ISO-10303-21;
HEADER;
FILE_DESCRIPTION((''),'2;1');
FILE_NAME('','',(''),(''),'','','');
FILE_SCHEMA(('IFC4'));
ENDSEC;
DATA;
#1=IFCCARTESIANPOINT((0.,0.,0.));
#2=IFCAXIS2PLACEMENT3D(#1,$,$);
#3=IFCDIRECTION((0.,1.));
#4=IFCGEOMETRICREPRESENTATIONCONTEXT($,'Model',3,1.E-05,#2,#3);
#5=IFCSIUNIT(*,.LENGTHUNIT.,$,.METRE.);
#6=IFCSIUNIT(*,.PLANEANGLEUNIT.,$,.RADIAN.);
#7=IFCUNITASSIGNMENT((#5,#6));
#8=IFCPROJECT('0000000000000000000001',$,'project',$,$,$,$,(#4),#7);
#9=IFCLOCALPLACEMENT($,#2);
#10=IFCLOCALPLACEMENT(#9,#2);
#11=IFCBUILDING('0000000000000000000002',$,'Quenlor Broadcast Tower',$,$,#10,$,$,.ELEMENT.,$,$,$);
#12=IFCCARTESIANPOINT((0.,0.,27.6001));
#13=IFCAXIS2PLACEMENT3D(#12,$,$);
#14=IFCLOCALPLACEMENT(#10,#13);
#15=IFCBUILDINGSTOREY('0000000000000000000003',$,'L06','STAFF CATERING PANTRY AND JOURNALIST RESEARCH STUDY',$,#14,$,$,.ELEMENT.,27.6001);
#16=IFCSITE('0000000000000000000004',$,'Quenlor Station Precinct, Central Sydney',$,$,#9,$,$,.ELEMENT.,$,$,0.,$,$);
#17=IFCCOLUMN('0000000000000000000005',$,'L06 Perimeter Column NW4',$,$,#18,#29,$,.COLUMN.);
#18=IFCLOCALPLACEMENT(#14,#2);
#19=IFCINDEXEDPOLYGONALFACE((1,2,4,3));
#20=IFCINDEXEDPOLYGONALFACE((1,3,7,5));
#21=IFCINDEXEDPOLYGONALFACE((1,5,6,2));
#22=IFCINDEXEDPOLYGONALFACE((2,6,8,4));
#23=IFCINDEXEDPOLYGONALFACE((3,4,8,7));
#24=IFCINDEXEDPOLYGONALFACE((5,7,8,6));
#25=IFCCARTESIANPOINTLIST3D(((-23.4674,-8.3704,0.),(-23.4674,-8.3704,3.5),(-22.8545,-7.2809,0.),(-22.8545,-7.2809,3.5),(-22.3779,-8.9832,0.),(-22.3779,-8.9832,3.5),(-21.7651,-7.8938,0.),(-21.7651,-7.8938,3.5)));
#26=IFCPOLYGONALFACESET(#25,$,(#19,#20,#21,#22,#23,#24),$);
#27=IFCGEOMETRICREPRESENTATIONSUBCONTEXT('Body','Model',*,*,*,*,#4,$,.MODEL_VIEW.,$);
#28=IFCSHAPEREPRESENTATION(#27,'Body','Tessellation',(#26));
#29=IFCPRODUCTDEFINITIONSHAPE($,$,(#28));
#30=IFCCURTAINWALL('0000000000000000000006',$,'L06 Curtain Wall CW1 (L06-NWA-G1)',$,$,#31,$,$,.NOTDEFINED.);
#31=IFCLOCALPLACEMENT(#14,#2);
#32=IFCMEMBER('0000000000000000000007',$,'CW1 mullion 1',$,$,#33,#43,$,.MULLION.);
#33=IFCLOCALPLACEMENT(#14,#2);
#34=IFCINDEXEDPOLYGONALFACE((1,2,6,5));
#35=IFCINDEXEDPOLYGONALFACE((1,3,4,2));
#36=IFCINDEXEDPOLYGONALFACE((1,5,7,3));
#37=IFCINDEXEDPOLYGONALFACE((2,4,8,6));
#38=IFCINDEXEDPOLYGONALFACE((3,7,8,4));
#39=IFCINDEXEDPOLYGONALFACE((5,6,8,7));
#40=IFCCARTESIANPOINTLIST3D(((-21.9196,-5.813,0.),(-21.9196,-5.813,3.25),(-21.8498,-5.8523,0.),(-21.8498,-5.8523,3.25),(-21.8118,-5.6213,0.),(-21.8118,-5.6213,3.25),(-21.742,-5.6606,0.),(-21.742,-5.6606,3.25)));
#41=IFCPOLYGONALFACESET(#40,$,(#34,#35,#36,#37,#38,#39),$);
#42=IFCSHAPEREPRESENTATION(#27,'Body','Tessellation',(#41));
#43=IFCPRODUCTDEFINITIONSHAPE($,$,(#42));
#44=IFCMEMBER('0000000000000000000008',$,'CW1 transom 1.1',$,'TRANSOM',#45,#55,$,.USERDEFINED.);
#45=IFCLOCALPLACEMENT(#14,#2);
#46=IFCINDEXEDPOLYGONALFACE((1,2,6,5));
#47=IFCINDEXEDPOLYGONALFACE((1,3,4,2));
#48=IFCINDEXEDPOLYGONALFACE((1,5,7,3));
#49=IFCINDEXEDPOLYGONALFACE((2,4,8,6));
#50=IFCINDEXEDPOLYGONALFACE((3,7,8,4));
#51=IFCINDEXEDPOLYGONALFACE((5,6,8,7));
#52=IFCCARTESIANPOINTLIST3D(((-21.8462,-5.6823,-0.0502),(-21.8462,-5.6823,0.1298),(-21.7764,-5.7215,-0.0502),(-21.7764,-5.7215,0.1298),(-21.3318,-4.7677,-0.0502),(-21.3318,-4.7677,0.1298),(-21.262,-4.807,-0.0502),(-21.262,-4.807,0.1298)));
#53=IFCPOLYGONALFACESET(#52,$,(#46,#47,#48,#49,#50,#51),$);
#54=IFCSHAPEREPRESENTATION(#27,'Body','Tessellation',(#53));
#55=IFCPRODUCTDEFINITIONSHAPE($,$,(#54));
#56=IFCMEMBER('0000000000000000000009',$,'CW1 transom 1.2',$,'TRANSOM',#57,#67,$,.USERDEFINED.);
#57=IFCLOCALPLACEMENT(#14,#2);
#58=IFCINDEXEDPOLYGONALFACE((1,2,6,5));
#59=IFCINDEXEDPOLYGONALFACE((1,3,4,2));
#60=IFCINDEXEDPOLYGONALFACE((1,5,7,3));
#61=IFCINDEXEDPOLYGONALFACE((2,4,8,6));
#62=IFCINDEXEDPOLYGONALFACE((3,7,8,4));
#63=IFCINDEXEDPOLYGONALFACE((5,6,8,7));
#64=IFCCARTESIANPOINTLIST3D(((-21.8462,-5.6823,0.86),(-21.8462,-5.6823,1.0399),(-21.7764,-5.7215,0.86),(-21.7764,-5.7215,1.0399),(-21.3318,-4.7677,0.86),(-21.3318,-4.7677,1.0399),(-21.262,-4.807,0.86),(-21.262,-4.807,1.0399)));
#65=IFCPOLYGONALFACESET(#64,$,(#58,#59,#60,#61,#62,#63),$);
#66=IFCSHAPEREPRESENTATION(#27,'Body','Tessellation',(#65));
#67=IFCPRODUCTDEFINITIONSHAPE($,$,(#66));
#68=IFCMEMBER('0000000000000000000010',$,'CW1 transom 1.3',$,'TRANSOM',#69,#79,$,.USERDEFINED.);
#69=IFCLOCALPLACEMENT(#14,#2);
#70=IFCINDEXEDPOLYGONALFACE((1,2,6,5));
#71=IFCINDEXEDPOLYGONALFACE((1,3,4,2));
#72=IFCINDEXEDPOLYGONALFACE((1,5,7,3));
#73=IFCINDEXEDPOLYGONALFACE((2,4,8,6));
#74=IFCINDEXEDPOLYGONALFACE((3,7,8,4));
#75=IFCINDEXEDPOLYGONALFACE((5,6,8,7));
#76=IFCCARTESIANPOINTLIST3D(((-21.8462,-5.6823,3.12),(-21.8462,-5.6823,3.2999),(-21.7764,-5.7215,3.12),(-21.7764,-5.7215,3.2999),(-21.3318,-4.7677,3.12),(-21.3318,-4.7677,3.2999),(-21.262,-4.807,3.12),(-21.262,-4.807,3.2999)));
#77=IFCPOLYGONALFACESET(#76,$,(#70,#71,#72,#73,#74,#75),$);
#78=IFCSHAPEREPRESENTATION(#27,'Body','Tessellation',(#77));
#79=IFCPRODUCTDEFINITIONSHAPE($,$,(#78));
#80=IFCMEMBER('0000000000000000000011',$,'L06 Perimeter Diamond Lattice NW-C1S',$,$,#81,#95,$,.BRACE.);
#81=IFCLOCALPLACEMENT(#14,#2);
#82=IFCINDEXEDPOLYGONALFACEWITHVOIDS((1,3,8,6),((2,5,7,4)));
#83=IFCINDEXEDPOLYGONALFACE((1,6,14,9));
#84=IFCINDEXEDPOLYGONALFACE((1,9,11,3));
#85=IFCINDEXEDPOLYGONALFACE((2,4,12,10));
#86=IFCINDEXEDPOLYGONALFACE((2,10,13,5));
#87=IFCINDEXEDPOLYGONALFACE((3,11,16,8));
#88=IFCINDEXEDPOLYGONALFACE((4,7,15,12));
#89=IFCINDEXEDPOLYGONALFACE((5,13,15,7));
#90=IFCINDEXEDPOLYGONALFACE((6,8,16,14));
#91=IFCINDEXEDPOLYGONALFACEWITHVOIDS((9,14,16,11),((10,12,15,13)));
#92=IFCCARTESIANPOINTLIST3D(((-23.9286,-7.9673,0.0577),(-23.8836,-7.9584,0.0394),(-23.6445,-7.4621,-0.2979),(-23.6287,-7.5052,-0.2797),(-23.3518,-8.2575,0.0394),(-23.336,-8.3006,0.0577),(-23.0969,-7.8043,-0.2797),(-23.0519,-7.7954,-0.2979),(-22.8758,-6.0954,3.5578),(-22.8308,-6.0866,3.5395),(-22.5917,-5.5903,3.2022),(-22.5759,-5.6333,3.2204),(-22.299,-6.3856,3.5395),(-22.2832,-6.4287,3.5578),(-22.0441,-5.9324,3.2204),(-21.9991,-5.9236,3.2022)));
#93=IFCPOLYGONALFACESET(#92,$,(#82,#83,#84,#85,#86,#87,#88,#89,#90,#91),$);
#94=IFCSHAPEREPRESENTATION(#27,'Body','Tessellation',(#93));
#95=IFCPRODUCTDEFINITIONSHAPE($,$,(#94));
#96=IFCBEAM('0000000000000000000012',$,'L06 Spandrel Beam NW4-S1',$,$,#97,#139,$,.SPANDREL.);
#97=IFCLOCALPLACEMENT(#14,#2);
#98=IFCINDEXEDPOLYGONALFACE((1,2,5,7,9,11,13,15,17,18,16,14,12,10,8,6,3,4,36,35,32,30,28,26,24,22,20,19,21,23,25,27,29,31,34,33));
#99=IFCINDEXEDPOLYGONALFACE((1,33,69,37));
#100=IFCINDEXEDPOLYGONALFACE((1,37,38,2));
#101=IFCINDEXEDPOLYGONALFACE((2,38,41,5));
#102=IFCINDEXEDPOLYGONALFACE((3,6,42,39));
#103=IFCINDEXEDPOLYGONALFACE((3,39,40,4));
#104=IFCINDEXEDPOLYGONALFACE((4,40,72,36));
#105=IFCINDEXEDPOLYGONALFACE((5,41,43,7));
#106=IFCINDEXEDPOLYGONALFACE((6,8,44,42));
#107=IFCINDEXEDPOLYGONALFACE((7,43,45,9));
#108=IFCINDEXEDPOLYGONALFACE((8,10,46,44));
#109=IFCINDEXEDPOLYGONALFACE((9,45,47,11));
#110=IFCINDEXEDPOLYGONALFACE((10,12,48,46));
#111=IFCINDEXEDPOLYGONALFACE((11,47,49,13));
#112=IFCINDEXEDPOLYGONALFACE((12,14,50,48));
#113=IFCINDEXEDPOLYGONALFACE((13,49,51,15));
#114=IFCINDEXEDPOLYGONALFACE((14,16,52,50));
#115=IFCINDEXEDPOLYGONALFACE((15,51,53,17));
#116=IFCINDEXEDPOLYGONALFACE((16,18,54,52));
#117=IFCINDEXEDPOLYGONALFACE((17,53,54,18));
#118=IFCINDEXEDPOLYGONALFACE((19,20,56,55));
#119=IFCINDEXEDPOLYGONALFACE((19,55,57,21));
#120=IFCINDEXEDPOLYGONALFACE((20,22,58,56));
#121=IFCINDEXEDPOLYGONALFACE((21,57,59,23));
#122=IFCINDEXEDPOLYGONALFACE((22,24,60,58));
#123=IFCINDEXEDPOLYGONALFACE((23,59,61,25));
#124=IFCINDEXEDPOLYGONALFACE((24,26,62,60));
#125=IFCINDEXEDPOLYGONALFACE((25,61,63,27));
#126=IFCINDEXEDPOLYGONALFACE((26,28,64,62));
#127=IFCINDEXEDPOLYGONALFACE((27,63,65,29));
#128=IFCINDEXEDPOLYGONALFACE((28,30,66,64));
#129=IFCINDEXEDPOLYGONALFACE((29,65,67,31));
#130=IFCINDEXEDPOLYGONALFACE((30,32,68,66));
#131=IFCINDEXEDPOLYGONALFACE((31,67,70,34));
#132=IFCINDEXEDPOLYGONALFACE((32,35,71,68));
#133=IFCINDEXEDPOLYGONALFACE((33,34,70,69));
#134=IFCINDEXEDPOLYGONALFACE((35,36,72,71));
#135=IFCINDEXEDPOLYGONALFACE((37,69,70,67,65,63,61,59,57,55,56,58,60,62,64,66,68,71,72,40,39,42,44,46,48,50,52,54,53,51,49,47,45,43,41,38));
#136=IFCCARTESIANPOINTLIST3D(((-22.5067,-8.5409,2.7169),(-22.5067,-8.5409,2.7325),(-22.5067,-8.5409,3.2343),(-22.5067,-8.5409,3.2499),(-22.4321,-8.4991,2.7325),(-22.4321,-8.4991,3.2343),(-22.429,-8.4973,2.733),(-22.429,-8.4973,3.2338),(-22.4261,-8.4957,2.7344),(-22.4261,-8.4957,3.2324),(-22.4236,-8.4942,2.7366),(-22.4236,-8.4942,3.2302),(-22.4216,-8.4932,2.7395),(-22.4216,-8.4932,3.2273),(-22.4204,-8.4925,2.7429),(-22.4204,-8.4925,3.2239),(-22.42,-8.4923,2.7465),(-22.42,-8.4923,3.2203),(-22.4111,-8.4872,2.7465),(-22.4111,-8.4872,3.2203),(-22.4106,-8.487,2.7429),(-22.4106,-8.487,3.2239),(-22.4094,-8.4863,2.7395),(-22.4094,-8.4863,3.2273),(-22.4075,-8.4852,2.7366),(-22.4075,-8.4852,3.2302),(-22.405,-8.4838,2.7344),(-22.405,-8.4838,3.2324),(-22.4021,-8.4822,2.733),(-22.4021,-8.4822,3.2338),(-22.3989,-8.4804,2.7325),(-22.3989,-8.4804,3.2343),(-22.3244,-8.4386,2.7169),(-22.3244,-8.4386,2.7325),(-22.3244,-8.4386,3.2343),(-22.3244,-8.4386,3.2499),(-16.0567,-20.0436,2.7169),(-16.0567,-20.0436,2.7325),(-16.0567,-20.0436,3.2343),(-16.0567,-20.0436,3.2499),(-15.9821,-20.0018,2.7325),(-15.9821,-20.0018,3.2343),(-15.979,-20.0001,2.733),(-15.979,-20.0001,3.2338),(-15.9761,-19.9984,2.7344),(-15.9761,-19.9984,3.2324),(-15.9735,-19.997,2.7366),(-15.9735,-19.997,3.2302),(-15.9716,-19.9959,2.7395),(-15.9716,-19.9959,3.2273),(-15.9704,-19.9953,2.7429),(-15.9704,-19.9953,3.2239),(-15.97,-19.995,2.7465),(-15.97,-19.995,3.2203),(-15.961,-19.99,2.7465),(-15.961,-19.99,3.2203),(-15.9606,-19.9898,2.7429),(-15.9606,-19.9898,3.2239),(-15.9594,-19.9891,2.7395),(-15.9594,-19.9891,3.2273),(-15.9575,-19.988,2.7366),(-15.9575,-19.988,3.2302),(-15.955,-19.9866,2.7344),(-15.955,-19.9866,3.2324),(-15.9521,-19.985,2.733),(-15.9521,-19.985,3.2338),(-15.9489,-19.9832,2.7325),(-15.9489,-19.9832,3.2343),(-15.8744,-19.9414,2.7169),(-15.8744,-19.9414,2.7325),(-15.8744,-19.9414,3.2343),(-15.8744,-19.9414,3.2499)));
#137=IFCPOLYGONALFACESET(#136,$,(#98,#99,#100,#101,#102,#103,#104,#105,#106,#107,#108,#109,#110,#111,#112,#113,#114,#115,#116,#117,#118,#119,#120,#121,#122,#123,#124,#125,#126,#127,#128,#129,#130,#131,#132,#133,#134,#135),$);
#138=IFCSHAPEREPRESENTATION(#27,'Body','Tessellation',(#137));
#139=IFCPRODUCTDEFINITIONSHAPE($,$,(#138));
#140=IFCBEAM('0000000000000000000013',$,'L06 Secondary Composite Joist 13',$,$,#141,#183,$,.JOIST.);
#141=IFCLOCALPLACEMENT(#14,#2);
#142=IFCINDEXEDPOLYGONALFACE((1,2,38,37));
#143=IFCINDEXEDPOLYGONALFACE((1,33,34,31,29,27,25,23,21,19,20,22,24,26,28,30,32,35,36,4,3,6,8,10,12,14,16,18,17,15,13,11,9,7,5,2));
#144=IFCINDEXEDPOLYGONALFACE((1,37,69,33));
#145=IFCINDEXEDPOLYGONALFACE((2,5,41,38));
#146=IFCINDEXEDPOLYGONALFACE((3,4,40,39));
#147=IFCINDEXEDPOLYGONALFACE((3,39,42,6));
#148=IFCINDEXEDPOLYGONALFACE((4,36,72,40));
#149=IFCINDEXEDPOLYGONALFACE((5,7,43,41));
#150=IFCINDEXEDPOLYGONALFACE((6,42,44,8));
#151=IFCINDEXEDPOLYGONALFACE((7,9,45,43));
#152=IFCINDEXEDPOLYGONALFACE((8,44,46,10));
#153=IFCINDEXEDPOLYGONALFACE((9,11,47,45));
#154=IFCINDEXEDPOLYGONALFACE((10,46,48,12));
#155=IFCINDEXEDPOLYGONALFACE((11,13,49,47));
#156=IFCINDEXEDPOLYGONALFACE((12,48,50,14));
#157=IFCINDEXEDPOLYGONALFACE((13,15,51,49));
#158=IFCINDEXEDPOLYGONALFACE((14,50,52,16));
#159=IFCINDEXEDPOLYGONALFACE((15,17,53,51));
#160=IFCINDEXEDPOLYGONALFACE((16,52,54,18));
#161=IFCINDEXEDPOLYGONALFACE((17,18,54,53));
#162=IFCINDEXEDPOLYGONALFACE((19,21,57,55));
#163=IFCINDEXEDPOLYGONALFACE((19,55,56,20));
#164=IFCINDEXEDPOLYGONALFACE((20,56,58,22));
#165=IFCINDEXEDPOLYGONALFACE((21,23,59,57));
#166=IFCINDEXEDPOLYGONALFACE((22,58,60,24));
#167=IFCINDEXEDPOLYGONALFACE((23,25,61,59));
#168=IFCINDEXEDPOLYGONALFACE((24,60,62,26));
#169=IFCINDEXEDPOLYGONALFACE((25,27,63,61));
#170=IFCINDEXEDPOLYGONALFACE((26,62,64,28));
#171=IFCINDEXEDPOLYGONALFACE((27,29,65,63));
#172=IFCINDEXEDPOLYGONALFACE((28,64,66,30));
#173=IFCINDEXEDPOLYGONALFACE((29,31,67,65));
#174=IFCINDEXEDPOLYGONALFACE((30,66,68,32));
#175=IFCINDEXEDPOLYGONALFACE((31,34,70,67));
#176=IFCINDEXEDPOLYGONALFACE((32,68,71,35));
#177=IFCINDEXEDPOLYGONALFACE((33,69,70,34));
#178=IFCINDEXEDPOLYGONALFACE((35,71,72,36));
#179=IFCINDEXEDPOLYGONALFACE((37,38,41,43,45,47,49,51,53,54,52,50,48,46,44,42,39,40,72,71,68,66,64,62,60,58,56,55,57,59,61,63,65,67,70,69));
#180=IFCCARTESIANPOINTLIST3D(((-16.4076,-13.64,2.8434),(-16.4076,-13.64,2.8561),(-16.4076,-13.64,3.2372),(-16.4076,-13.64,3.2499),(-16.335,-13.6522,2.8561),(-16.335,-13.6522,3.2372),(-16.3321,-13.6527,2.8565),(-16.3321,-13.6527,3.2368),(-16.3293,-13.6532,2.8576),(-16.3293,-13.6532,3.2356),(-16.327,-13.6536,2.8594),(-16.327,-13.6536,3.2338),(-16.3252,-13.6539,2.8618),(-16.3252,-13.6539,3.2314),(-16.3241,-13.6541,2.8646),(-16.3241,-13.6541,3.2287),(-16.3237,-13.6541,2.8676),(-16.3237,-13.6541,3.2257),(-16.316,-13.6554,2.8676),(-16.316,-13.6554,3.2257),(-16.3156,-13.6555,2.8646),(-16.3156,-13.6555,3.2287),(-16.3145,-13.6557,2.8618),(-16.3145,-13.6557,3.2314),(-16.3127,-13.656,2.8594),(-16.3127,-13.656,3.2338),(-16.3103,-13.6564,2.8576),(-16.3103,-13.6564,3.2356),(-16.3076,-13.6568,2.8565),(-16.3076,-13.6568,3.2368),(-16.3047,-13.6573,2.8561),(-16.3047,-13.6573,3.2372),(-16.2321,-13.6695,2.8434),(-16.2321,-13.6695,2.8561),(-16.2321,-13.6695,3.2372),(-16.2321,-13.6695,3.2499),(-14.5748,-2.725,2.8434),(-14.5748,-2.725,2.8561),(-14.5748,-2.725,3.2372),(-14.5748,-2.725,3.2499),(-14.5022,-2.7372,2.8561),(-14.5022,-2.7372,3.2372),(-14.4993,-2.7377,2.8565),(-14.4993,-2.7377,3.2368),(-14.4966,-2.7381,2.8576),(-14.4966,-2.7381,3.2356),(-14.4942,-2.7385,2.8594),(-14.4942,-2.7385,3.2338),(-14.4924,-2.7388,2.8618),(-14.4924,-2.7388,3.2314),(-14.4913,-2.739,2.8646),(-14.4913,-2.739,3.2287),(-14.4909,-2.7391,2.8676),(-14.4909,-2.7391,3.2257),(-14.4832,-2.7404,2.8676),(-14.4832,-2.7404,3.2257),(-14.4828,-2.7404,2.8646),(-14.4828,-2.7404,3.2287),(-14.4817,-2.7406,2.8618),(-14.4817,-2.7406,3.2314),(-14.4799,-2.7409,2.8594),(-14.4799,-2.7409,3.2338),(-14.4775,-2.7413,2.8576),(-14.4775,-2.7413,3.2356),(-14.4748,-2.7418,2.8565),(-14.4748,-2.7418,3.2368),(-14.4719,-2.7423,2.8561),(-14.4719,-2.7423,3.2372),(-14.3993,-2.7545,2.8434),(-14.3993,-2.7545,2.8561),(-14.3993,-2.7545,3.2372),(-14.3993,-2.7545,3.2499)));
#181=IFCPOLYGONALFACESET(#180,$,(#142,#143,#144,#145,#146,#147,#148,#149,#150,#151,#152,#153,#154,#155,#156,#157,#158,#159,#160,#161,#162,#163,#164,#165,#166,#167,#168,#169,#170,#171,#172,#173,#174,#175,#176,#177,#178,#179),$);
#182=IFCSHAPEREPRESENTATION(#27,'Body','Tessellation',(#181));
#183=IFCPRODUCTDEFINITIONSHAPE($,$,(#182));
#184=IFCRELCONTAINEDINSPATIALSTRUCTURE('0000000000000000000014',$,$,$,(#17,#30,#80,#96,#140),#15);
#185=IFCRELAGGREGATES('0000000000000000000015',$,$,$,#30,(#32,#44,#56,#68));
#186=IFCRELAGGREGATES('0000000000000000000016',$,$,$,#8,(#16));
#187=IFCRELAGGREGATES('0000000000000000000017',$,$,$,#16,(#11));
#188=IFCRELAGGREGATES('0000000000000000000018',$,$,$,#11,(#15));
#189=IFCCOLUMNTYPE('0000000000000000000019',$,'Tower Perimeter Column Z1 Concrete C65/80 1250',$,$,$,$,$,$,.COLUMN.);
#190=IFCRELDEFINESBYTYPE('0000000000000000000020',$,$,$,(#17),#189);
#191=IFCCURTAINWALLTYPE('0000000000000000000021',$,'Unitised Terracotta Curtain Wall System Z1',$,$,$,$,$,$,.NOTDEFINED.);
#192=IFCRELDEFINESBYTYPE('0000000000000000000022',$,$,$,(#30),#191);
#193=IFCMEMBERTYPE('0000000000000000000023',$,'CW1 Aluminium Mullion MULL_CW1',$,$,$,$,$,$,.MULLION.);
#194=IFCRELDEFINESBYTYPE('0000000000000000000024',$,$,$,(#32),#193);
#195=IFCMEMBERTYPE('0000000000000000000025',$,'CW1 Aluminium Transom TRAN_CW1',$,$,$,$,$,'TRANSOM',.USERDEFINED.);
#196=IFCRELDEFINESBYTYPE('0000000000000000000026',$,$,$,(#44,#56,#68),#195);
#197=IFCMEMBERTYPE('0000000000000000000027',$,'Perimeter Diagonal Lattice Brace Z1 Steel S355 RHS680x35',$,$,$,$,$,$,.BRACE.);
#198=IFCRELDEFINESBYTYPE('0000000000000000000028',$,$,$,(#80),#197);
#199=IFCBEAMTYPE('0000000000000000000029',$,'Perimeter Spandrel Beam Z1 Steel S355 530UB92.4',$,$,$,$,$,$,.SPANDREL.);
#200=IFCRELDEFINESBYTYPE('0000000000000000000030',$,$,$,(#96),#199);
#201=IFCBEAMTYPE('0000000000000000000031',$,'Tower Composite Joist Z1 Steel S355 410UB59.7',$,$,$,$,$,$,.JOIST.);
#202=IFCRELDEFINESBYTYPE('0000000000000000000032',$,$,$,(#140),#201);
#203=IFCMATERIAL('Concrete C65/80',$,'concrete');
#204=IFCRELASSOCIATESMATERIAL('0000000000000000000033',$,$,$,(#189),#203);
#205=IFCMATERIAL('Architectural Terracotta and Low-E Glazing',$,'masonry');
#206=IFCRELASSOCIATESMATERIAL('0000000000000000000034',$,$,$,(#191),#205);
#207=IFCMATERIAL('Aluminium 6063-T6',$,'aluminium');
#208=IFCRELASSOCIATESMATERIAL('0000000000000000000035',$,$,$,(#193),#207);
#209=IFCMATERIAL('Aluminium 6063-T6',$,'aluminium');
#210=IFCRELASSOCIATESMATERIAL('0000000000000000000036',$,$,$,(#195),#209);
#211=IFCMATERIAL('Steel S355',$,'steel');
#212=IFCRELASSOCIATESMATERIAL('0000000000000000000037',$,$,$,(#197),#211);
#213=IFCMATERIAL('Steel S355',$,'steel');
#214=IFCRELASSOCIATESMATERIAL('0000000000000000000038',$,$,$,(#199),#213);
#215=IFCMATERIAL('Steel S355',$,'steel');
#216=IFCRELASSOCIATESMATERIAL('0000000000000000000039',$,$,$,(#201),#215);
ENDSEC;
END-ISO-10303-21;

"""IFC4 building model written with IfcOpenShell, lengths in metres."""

from ifc_helpers import new_model, si_unit, direction, frame, origin, origin_2d, place, context, subcontext, project, spatial, rectangle, hollow_rectangle, i_section, extrude, material, material_profile, profile_set, type_object, element, aggregate, save


model = new_model("IFC4")

# Units and contexts
model_context = context("Model", 3, precision=1e-05, world=origin(), true_north=direction((0.0, 1.0)))
body_context = subcontext(model_context, "Body", "Model", "MODEL_VIEW")
ifc_project = project(units=[si_unit("LENGTHUNIT", "METRE"), si_unit("PLANEANGLEUNIT", "RADIAN")], contexts=[model_context])

# Site, building, storey
site_placement = place(None, origin())
site = spatial("IfcSite", under=ifc_project, at=site_placement, Name="Quenlor Station Precinct, Central Sydney", CompositionType="ELEMENT", RefElevation=0.0)
building_placement = place(site_placement, origin())
building = spatial("IfcBuilding", under=site, at=building_placement, Name="Quenlor Broadcast Tower", CompositionType="ELEMENT")
storey_placement = place(building_placement, frame((0.0, 0.0, 27.6001)))
storey = spatial("IfcBuildingStorey", under=building, at=storey_placement, Name="L06", Description="STAFF CATERING PANTRY AND JOURNALIST RESEARCH STUDY", CompositionType="ELEMENT", Elevation=27.6001)

# Column
ifc_material_1 = material(Name="Concrete C65/80", Category="concrete")
ifc_material_profile_1 = material_profile(ifc_material_1, rectangle(XDim=1.25, YDim=1.25, at=origin_2d()))
ifc_profile_set_1 = profile_set([ifc_material_profile_1], Name="Concrete C65/80 RC1250x1250")
column_type = type_object("IfcColumnType", Name="Tower Perimeter Column Z1 Concrete C65/80 1250", PredefinedType="COLUMN", material=ifc_profile_set_1)
column_placement = place(storey_placement, frame((-22.6162, -8.1321, 0.0), z_axis=(0.0, 0.0, 1.0), x_axis=(-0.871575, 0.490262, 0.0)))
element("IfcColumn", 1, at=column_placement, inside=storey, type_object=column_type, Name="L06 Perimeter Column NW4", PredefinedType="COLUMN", context=body_context, shape_type="SweptSolid", body=[
    extrude(rectangle(XDim=1.25, YDim=1.25, at=origin_2d()), origin(), (0.0, 0.0, 1.0), 3.5),
])

# Curtain wall, members
ifc_material_2 = material(Name="Architectural Terracotta and Low-E Glazing", Category="masonry")
curtain_wall_type = type_object("IfcCurtainWallType", Name="Unitised Terracotta Curtain Wall System Z1", PredefinedType="NOTDEFINED", material=ifc_material_2)
curtain_wall_placement = place(storey_placement, origin())
curtain_wall = element("IfcCurtainWall", 2, at=curtain_wall_placement, inside=storey, type_object=curtain_wall_type, Name="L06 Curtain Wall CW1 (L06-NWA-G1)", PredefinedType="NOTDEFINED")
ifc_material_3 = material(Name="Aluminium 6063-T6", Category="aluminium")
ifc_material_profile_2 = material_profile(ifc_material_3, rectangle(XDim=0.0801, YDim=0.22, at=origin_2d()))
ifc_profile_set_2 = profile_set([ifc_material_profile_2], Name="Aluminium 6063-T6 MULL80x220")
member_type_1 = type_object("IfcMemberType", Name="CW1 Aluminium Mullion MULL_CW1", PredefinedType="MULLION", material=ifc_profile_set_2)
member_1_placement = place(storey_placement, frame((-21.8308, -5.7368, 0.0), z_axis=(0.0, 0.0, 1.0), x_axis=(-0.871567, 0.490277, 0.0)))
member_1 = element("IfcMember", 3, at=member_1_placement, type_object=member_type_1, Name="CW1 mullion 1", PredefinedType="MULLION", context=body_context, shape_type="SweptSolid", body=[
    extrude(rectangle(XDim=0.0801, YDim=0.22, at=origin_2d()), origin(), (0.0, 0.0, 1.0), 3.25),
])
ifc_material_4 = material(Name="Aluminium 6063-T6", Category="aluminium")
ifc_material_profile_3 = material_profile(ifc_material_4, rectangle(XDim=0.0801, YDim=0.1799, at=origin_2d()))
ifc_profile_set_3 = profile_set([ifc_material_profile_3], Name="Aluminium 6063-T6 TRAN80x180")
member_type_2 = type_object("IfcMemberType", Name="CW1 Aluminium Transom TRAN_CW1", ElementType="TRANSOM", PredefinedType="USERDEFINED", material=ifc_profile_set_3)
member_2_placement = place(storey_placement, frame((-21.8113, -5.7019, 0.0398), z_axis=(0.490239, 0.871588, 0.0), x_axis=(-0.871588, 0.490239, 0.0)))
member_2 = element("IfcMember", 4, at=member_2_placement, type_object=member_type_2, Name="CW1 transom 1.1", ObjectType="TRANSOM", PredefinedType="USERDEFINED", context=body_context, shape_type="SweptSolid", body=[
    extrude(rectangle(XDim=0.0801, YDim=0.1799, at=origin_2d()), origin(), (0.0, 0.0, 1.0), 1.0493),
])
member_3_placement = place(storey_placement, frame((-21.8113, -5.7019, 0.95), z_axis=(0.490239, 0.871588, 0.0), x_axis=(-0.871588, 0.490239, 0.0)))
member_3 = element("IfcMember", 5, at=member_3_placement, type_object=member_type_2, Name="CW1 transom 1.2", ObjectType="TRANSOM", PredefinedType="USERDEFINED", context=body_context, shape_type="SweptSolid", body=[
    extrude(rectangle(XDim=0.0801, YDim=0.1799, at=origin_2d()), origin(), (0.0, 0.0, 1.0), 1.0493),
])
member_4_placement = place(storey_placement, frame((-21.8113, -5.7019, 3.21), z_axis=(0.490239, 0.871588, 0.0), x_axis=(-0.871588, 0.490239, 0.0)))
member_4 = element("IfcMember", 6, at=member_4_placement, type_object=member_type_2, Name="CW1 transom 1.3", ObjectType="TRANSOM", PredefinedType="USERDEFINED", context=body_context, shape_type="SweptSolid", body=[
    extrude(rectangle(XDim=0.0801, YDim=0.1799, at=origin_2d()), origin(), (0.0, 0.0, 1.0), 1.0493),
])

# Member
ifc_material_5 = material(Name="Steel S355", Category="steel")
ifc_material_profile_4 = material_profile(ifc_material_5, hollow_rectangle(XDim=0.6799, YDim=0.6799, WallThickness=0.0349, at=origin_2d()))
ifc_profile_set_4 = profile_set([ifc_material_profile_4], Name="Steel S355 RHS680x680x35")
member_type_3 = type_object("IfcMemberType", Name="Perimeter Diagonal Lattice Brace Z1 Steel S355 RHS680x35", PredefinedType="BRACE", material=ifc_profile_set_4)
member_5_placement = place(storey_placement, frame((-23.4902, -7.8813, -0.1201), z_axis=(0.256368, 0.455839, 0.852342), x_axis=(-0.871609, 0.490202, 0.0)))
element("IfcMember", 7, at=member_5_placement, inside=storey, type_object=member_type_3, Name="L06 Perimeter Diamond Lattice NW-C1S", PredefinedType="BRACE", context=body_context, shape_type="SweptSolid", body=[
    extrude(hollow_rectangle(XDim=0.6799, YDim=0.6799, WallThickness=0.0349, at=origin_2d()), origin(), (0.0, 0.0, 1.0), 4.1064),
])

# Beams
ifc_material_6 = material(Name="Steel S355", Category="steel")
ifc_material_profile_5 = material_profile(ifc_material_6, i_section(OverallWidth=0.209, OverallDepth=0.533, WebThickness=0.0103, FlangeThickness=0.0156, FilletRadius=0.0139, at=origin_2d()))
ifc_profile_set_5 = profile_set([ifc_material_profile_5], Name="Steel S355 530UB92.4")
beam_type_1 = type_object("IfcBeamType", Name="Perimeter Spandrel Beam Z1 Steel S355 530UB92.4", PredefinedType="SPANDREL", material=ifc_profile_set_5)
beam_1_placement = place(storey_placement, frame((-22.4155, -8.4897, 2.9834), z_axis=(0.489091, -0.872233, 0.0), x_axis=(0.872233, 0.489091, 0.0)))
element("IfcBeam", 8, at=beam_1_placement, inside=storey, type_object=beam_type_1, Name="L06 Spandrel Beam NW4-S1", PredefinedType="SPANDREL", context=body_context, shape_type="SweptSolid", body=[
    extrude(i_section(OverallWidth=0.209, OverallDepth=0.533, WebThickness=0.0103, FlangeThickness=0.0156, FilletRadius=0.0139, at=origin_2d()), origin(), (0.0, 0.0, 1.0), 13.1877),
])
ifc_material_7 = material(Name="Steel S355", Category="steel")
ifc_material_profile_6 = material_profile(ifc_material_7, i_section(OverallWidth=0.178, OverallDepth=0.4065, WebThickness=0.0078, FlangeThickness=0.0127, FilletRadius=0.0115, at=origin_2d()))
ifc_profile_set_6 = profile_set([ifc_material_profile_6], Name="Steel S355 410UB59.7")
beam_type_2 = type_object("IfcBeamType", Name="Tower Composite Joist Z1 Steel S355 410UB59.7", PredefinedType="JOIST", material=ifc_profile_set_6)
beam_2_placement = place(storey_placement, frame((-16.3198, -13.6548, 3.0466), z_axis=(0.165594, 0.986194, 0.0), x_axis=(-0.986194, 0.165594, 0.0)))
element("IfcBeam", 9, at=beam_2_placement, inside=storey, type_object=beam_type_2, Name="L06 Secondary Composite Joist 13", PredefinedType="JOIST", context=body_context, shape_type="SweptSolid", body=[
    extrude(i_section(OverallWidth=0.178, OverallDepth=0.4065, WebThickness=0.0078, FlangeThickness=0.0127, FilletRadius=0.0115, at=origin_2d()), origin(), (0.0, 0.0, 1.0), 11.0679),
])

aggregate(curtain_wall, [member_1, member_2, member_3, member_4])

save(model, "model.ifc")
